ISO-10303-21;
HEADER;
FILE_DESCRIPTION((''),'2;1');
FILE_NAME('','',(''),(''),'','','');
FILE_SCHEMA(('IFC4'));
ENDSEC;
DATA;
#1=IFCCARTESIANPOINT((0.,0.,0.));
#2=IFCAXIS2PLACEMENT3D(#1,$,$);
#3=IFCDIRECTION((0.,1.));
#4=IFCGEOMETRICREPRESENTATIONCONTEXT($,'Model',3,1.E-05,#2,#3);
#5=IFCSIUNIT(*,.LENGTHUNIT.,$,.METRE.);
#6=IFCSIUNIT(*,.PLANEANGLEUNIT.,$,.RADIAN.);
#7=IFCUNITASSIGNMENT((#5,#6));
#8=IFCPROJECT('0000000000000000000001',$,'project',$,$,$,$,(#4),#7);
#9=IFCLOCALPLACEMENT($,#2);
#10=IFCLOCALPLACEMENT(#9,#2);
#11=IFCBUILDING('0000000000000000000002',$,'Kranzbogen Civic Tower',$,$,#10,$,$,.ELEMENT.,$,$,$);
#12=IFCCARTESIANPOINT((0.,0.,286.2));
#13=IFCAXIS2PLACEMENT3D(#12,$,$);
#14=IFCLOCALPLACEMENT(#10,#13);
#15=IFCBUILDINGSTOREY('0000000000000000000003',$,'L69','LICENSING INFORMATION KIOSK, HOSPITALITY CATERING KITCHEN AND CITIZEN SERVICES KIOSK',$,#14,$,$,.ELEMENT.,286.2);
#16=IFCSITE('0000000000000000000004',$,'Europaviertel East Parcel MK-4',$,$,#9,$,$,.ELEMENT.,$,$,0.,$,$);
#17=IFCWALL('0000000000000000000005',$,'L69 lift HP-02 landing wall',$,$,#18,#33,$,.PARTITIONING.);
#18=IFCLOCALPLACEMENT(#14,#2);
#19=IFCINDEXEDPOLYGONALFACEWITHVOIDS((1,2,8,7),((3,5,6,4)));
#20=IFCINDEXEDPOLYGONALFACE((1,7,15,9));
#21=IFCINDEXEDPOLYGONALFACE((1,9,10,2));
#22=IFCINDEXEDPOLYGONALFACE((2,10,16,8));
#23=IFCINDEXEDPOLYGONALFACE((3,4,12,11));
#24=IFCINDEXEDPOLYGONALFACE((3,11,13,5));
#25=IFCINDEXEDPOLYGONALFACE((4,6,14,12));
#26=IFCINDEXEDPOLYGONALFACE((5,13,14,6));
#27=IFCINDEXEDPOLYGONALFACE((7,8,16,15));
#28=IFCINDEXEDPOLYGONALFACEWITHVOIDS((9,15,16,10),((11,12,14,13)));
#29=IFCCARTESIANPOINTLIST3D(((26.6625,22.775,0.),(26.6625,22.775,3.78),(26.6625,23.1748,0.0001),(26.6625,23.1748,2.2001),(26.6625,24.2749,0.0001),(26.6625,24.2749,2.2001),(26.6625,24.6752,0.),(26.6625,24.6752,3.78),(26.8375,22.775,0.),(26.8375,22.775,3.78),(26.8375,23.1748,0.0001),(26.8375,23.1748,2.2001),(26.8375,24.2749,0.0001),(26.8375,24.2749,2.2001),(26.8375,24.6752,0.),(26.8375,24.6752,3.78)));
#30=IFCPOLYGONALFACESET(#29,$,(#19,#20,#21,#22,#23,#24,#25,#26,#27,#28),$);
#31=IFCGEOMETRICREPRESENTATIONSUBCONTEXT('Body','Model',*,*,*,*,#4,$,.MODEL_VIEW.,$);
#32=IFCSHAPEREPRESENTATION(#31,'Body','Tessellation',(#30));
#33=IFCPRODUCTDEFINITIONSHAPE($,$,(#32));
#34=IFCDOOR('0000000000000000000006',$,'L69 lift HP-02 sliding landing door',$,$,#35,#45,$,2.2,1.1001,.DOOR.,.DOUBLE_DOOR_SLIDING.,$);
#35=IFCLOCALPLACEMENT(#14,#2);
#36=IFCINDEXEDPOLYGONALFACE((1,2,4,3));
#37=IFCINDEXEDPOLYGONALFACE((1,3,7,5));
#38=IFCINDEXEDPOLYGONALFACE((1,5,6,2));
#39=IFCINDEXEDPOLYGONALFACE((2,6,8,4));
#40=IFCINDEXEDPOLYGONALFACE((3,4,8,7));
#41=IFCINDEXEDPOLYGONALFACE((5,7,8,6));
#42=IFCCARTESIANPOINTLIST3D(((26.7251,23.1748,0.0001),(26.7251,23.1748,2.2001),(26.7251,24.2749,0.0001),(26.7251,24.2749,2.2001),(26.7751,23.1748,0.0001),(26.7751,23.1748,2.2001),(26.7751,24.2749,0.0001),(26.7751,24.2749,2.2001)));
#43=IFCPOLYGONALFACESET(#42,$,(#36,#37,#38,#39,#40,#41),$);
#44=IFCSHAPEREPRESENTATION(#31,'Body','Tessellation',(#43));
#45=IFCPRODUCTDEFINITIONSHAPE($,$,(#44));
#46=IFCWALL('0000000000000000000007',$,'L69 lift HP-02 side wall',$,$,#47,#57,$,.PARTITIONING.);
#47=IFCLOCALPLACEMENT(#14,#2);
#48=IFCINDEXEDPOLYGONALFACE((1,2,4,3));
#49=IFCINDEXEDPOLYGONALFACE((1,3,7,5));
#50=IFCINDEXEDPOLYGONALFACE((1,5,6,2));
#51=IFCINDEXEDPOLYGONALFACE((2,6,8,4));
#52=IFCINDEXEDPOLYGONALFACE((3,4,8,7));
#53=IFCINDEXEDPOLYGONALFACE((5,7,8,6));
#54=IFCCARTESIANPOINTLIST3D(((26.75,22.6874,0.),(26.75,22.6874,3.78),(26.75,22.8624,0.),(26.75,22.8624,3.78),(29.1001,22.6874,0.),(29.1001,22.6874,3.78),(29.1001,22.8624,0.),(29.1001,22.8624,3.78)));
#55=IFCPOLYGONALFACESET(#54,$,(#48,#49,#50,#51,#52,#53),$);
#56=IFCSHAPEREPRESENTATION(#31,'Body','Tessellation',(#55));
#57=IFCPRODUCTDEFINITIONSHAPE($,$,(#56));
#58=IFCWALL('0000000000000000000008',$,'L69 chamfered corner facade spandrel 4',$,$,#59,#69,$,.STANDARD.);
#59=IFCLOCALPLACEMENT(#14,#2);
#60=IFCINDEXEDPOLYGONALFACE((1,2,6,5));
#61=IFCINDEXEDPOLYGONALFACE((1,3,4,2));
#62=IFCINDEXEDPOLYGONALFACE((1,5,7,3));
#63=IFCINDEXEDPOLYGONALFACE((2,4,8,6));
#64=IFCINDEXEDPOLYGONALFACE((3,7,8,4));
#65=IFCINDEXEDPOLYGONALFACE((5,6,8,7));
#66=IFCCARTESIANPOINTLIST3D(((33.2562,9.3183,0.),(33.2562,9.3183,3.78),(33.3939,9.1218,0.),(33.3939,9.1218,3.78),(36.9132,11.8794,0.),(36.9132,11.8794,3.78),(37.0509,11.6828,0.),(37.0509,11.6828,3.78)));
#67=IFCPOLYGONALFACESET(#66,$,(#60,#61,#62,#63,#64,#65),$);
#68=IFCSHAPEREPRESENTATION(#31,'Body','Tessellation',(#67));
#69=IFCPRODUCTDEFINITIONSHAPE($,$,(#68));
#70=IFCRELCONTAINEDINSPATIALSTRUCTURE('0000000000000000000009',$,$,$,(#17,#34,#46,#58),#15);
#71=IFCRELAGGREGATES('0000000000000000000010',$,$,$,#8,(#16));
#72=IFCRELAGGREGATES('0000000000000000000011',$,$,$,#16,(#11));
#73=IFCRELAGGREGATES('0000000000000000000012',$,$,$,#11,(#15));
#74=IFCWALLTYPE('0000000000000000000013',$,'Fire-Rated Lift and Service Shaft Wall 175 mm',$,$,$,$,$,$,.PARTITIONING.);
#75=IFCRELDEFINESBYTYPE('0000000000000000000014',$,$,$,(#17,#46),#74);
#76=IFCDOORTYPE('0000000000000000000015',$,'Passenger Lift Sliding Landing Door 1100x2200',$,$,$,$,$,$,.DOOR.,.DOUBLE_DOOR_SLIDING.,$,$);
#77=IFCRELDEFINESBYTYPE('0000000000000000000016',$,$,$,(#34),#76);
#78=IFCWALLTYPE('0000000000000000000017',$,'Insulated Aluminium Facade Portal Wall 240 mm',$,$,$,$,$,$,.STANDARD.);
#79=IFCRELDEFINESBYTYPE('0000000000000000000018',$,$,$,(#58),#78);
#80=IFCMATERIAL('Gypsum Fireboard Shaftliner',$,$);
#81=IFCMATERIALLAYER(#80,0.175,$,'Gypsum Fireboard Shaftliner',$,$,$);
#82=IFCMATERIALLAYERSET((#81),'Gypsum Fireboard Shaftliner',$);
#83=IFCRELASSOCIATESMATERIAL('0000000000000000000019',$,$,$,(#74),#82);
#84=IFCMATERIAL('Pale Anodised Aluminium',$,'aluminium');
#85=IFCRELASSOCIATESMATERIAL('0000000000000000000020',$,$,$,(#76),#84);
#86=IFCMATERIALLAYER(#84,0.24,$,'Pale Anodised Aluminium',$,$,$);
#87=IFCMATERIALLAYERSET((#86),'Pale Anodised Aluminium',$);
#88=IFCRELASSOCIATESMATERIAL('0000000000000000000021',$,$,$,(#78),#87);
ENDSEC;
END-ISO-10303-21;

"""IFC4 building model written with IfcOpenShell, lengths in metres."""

from ifc_helpers import new_model, si_unit, direction, frame, frame_2d, origin, place, context, subcontext, project, spatial, rectangle, extrude, material, layer, layer_set, type_object, element, fill, save


model = new_model("IFC4")

# Units and contexts
model_context = context("Model", 3, precision=1e-05, world=origin(), true_north=direction((0.0, 1.0)))
body_context = subcontext(model_context, "Body", "Model", "MODEL_VIEW")
ifc_project = project(units=[si_unit("LENGTHUNIT", "METRE"), si_unit("PLANEANGLEUNIT", "RADIAN")], contexts=[model_context])

# Site, building, storey
site_placement = place(None, origin())
site = spatial("IfcSite", under=ifc_project, at=site_placement, Name="Europaviertel East Parcel MK-4", CompositionType="ELEMENT", RefElevation=0.0)
building_placement = place(site_placement, origin())
building = spatial("IfcBuilding", under=site, at=building_placement, Name="Kranzbogen Civic Tower", CompositionType="ELEMENT")
storey_placement = place(building_placement, frame((0.0, 0.0, 286.2)))
storey = spatial("IfcBuildingStorey", under=building, at=storey_placement, Name="L69", Description="LICENSING INFORMATION KIOSK, HOSPITALITY CATERING KITCHEN AND CITIZEN SERVICES KIOSK", CompositionType="ELEMENT", Elevation=286.2)

# Shared definitions
ifc_material_1 = material(Name="Pale Anodised Aluminium", Category="aluminium")

# Shared definitions
ifc_material_2 = material(Name="Gypsum Fireboard Shaftliner")
ifc_layer_1 = layer(ifc_material_2, 0.175, Name="Gypsum Fireboard Shaftliner")
ifc_layer_set_1 = layer_set([ifc_layer_1], Name="Gypsum Fireboard Shaftliner")
wall_type_1 = type_object("IfcWallType", Name="Fire-Rated Lift and Service Shaft Wall 175 mm", PredefinedType="PARTITIONING", material=ifc_layer_set_1)

# Shared definitions
door_type_1 = type_object("IfcDoorType", Name="Passenger Lift Sliding Landing Door 1100x2200", OperationType="DOUBLE_DOOR_SLIDING", PredefinedType="DOOR", material=ifc_material_1)

# Wall, opening, door
wall_1_placement = place(storey_placement, frame((26.75, 22.7749, 0.0), z_axis=(0.0, 0.0, 1.0), x_axis=(0.0, 1.0, 0.0)))
wall_1 = element("IfcWall", 1, at=wall_1_placement, inside=storey, type_object=wall_type_1, Name="L69 lift HP-02 landing wall", PredefinedType="PARTITIONING", context=body_context, shape_type="SweptSolid", body=[
    extrude(rectangle(XDim=1.9001, YDim=0.175, at=frame_2d((0.9502, 0.0))), origin(), (0.0, 0.0, 1.0), 3.78),
])
opening_1_placement = place(wall_1_placement, frame((0.3999, 0.0, 0.0)))
opening_1 = element("IfcOpeningElement", 2, at=opening_1_placement, cuts=wall_1, PredefinedType="OPENING", context=body_context, shape_type="SweptSolid", body=[
    extrude(rectangle(XDim=1.1001, YDim=2.2, at=frame_2d((0.55, 1.1001))), frame((0.0, 0.0977, 0.0), z_axis=(0.0, -1.0, 0.0), x_axis=(1.0, 0.0, 0.0)), (0.0, 0.0, 1.0), 0.1951),
])
door_1_placement = place(opening_1_placement, origin())
door_1 = element("IfcDoor", 3, at=door_1_placement, inside=storey, type_object=door_type_1, Name="L69 lift HP-02 sliding landing door", OperationType="DOUBLE_DOOR_SLIDING", OverallHeight=2.2, OverallWidth=1.1001, PredefinedType="DOOR", context=body_context, shape_type="SweptSolid", body=[
    extrude(rectangle(XDim=1.1001, YDim=2.2, at=frame_2d((0.55, 1.1001))), frame((0.0, 0.0249, 0.0), z_axis=(0.0, -1.0, 0.0), x_axis=(1.0, 0.0, 0.0)), (0.0, 0.0, 1.0), 0.05),
])
fill(opening_1, door_1)

# Walls
wall_2_placement = place(storey_placement, frame((26.75, 22.7749, 0.0), z_axis=(0.0, 0.0, 1.0), x_axis=(1.0, 0.0, 0.0)))
element("IfcWall", 4, at=wall_2_placement, inside=storey, type_object=wall_type_1, Name="L69 lift HP-02 side wall", PredefinedType="PARTITIONING", context=body_context, shape_type="SweptSolid", body=[
    extrude(rectangle(XDim=2.3501, YDim=0.175, at=frame_2d((1.175, 0.0))), origin(), (0.0, 0.0, 1.0), 3.78),
])
ifc_layer_2 = layer(ifc_material_1, 0.24, Name="Pale Anodised Aluminium")
ifc_layer_set_2 = layer_set([ifc_layer_2], Name="Pale Anodised Aluminium")
wall_type_2 = type_object("IfcWallType", Name="Insulated Aluminium Facade Portal Wall 240 mm", PredefinedType="STANDARD", material=ifc_layer_set_2)
wall_3_placement = place(storey_placement, frame((33.325, 9.22, 0.0), z_axis=(0.0, 0.0, 1.0), x_axis=(0.819111, 0.573635, 0.0)))
element("IfcWall", 5, at=wall_3_placement, inside=storey, type_object=wall_type_2, Name="L69 chamfered corner facade spandrel 4", PredefinedType="STANDARD", context=body_context, shape_type="SweptSolid", body=[
    extrude(rectangle(XDim=4.4646, YDim=0.24, at=frame_2d((2.2324, 0.0))), origin(), (0.0, 0.0, 1.0), 3.78),
])

save(model, "model.ifc")
